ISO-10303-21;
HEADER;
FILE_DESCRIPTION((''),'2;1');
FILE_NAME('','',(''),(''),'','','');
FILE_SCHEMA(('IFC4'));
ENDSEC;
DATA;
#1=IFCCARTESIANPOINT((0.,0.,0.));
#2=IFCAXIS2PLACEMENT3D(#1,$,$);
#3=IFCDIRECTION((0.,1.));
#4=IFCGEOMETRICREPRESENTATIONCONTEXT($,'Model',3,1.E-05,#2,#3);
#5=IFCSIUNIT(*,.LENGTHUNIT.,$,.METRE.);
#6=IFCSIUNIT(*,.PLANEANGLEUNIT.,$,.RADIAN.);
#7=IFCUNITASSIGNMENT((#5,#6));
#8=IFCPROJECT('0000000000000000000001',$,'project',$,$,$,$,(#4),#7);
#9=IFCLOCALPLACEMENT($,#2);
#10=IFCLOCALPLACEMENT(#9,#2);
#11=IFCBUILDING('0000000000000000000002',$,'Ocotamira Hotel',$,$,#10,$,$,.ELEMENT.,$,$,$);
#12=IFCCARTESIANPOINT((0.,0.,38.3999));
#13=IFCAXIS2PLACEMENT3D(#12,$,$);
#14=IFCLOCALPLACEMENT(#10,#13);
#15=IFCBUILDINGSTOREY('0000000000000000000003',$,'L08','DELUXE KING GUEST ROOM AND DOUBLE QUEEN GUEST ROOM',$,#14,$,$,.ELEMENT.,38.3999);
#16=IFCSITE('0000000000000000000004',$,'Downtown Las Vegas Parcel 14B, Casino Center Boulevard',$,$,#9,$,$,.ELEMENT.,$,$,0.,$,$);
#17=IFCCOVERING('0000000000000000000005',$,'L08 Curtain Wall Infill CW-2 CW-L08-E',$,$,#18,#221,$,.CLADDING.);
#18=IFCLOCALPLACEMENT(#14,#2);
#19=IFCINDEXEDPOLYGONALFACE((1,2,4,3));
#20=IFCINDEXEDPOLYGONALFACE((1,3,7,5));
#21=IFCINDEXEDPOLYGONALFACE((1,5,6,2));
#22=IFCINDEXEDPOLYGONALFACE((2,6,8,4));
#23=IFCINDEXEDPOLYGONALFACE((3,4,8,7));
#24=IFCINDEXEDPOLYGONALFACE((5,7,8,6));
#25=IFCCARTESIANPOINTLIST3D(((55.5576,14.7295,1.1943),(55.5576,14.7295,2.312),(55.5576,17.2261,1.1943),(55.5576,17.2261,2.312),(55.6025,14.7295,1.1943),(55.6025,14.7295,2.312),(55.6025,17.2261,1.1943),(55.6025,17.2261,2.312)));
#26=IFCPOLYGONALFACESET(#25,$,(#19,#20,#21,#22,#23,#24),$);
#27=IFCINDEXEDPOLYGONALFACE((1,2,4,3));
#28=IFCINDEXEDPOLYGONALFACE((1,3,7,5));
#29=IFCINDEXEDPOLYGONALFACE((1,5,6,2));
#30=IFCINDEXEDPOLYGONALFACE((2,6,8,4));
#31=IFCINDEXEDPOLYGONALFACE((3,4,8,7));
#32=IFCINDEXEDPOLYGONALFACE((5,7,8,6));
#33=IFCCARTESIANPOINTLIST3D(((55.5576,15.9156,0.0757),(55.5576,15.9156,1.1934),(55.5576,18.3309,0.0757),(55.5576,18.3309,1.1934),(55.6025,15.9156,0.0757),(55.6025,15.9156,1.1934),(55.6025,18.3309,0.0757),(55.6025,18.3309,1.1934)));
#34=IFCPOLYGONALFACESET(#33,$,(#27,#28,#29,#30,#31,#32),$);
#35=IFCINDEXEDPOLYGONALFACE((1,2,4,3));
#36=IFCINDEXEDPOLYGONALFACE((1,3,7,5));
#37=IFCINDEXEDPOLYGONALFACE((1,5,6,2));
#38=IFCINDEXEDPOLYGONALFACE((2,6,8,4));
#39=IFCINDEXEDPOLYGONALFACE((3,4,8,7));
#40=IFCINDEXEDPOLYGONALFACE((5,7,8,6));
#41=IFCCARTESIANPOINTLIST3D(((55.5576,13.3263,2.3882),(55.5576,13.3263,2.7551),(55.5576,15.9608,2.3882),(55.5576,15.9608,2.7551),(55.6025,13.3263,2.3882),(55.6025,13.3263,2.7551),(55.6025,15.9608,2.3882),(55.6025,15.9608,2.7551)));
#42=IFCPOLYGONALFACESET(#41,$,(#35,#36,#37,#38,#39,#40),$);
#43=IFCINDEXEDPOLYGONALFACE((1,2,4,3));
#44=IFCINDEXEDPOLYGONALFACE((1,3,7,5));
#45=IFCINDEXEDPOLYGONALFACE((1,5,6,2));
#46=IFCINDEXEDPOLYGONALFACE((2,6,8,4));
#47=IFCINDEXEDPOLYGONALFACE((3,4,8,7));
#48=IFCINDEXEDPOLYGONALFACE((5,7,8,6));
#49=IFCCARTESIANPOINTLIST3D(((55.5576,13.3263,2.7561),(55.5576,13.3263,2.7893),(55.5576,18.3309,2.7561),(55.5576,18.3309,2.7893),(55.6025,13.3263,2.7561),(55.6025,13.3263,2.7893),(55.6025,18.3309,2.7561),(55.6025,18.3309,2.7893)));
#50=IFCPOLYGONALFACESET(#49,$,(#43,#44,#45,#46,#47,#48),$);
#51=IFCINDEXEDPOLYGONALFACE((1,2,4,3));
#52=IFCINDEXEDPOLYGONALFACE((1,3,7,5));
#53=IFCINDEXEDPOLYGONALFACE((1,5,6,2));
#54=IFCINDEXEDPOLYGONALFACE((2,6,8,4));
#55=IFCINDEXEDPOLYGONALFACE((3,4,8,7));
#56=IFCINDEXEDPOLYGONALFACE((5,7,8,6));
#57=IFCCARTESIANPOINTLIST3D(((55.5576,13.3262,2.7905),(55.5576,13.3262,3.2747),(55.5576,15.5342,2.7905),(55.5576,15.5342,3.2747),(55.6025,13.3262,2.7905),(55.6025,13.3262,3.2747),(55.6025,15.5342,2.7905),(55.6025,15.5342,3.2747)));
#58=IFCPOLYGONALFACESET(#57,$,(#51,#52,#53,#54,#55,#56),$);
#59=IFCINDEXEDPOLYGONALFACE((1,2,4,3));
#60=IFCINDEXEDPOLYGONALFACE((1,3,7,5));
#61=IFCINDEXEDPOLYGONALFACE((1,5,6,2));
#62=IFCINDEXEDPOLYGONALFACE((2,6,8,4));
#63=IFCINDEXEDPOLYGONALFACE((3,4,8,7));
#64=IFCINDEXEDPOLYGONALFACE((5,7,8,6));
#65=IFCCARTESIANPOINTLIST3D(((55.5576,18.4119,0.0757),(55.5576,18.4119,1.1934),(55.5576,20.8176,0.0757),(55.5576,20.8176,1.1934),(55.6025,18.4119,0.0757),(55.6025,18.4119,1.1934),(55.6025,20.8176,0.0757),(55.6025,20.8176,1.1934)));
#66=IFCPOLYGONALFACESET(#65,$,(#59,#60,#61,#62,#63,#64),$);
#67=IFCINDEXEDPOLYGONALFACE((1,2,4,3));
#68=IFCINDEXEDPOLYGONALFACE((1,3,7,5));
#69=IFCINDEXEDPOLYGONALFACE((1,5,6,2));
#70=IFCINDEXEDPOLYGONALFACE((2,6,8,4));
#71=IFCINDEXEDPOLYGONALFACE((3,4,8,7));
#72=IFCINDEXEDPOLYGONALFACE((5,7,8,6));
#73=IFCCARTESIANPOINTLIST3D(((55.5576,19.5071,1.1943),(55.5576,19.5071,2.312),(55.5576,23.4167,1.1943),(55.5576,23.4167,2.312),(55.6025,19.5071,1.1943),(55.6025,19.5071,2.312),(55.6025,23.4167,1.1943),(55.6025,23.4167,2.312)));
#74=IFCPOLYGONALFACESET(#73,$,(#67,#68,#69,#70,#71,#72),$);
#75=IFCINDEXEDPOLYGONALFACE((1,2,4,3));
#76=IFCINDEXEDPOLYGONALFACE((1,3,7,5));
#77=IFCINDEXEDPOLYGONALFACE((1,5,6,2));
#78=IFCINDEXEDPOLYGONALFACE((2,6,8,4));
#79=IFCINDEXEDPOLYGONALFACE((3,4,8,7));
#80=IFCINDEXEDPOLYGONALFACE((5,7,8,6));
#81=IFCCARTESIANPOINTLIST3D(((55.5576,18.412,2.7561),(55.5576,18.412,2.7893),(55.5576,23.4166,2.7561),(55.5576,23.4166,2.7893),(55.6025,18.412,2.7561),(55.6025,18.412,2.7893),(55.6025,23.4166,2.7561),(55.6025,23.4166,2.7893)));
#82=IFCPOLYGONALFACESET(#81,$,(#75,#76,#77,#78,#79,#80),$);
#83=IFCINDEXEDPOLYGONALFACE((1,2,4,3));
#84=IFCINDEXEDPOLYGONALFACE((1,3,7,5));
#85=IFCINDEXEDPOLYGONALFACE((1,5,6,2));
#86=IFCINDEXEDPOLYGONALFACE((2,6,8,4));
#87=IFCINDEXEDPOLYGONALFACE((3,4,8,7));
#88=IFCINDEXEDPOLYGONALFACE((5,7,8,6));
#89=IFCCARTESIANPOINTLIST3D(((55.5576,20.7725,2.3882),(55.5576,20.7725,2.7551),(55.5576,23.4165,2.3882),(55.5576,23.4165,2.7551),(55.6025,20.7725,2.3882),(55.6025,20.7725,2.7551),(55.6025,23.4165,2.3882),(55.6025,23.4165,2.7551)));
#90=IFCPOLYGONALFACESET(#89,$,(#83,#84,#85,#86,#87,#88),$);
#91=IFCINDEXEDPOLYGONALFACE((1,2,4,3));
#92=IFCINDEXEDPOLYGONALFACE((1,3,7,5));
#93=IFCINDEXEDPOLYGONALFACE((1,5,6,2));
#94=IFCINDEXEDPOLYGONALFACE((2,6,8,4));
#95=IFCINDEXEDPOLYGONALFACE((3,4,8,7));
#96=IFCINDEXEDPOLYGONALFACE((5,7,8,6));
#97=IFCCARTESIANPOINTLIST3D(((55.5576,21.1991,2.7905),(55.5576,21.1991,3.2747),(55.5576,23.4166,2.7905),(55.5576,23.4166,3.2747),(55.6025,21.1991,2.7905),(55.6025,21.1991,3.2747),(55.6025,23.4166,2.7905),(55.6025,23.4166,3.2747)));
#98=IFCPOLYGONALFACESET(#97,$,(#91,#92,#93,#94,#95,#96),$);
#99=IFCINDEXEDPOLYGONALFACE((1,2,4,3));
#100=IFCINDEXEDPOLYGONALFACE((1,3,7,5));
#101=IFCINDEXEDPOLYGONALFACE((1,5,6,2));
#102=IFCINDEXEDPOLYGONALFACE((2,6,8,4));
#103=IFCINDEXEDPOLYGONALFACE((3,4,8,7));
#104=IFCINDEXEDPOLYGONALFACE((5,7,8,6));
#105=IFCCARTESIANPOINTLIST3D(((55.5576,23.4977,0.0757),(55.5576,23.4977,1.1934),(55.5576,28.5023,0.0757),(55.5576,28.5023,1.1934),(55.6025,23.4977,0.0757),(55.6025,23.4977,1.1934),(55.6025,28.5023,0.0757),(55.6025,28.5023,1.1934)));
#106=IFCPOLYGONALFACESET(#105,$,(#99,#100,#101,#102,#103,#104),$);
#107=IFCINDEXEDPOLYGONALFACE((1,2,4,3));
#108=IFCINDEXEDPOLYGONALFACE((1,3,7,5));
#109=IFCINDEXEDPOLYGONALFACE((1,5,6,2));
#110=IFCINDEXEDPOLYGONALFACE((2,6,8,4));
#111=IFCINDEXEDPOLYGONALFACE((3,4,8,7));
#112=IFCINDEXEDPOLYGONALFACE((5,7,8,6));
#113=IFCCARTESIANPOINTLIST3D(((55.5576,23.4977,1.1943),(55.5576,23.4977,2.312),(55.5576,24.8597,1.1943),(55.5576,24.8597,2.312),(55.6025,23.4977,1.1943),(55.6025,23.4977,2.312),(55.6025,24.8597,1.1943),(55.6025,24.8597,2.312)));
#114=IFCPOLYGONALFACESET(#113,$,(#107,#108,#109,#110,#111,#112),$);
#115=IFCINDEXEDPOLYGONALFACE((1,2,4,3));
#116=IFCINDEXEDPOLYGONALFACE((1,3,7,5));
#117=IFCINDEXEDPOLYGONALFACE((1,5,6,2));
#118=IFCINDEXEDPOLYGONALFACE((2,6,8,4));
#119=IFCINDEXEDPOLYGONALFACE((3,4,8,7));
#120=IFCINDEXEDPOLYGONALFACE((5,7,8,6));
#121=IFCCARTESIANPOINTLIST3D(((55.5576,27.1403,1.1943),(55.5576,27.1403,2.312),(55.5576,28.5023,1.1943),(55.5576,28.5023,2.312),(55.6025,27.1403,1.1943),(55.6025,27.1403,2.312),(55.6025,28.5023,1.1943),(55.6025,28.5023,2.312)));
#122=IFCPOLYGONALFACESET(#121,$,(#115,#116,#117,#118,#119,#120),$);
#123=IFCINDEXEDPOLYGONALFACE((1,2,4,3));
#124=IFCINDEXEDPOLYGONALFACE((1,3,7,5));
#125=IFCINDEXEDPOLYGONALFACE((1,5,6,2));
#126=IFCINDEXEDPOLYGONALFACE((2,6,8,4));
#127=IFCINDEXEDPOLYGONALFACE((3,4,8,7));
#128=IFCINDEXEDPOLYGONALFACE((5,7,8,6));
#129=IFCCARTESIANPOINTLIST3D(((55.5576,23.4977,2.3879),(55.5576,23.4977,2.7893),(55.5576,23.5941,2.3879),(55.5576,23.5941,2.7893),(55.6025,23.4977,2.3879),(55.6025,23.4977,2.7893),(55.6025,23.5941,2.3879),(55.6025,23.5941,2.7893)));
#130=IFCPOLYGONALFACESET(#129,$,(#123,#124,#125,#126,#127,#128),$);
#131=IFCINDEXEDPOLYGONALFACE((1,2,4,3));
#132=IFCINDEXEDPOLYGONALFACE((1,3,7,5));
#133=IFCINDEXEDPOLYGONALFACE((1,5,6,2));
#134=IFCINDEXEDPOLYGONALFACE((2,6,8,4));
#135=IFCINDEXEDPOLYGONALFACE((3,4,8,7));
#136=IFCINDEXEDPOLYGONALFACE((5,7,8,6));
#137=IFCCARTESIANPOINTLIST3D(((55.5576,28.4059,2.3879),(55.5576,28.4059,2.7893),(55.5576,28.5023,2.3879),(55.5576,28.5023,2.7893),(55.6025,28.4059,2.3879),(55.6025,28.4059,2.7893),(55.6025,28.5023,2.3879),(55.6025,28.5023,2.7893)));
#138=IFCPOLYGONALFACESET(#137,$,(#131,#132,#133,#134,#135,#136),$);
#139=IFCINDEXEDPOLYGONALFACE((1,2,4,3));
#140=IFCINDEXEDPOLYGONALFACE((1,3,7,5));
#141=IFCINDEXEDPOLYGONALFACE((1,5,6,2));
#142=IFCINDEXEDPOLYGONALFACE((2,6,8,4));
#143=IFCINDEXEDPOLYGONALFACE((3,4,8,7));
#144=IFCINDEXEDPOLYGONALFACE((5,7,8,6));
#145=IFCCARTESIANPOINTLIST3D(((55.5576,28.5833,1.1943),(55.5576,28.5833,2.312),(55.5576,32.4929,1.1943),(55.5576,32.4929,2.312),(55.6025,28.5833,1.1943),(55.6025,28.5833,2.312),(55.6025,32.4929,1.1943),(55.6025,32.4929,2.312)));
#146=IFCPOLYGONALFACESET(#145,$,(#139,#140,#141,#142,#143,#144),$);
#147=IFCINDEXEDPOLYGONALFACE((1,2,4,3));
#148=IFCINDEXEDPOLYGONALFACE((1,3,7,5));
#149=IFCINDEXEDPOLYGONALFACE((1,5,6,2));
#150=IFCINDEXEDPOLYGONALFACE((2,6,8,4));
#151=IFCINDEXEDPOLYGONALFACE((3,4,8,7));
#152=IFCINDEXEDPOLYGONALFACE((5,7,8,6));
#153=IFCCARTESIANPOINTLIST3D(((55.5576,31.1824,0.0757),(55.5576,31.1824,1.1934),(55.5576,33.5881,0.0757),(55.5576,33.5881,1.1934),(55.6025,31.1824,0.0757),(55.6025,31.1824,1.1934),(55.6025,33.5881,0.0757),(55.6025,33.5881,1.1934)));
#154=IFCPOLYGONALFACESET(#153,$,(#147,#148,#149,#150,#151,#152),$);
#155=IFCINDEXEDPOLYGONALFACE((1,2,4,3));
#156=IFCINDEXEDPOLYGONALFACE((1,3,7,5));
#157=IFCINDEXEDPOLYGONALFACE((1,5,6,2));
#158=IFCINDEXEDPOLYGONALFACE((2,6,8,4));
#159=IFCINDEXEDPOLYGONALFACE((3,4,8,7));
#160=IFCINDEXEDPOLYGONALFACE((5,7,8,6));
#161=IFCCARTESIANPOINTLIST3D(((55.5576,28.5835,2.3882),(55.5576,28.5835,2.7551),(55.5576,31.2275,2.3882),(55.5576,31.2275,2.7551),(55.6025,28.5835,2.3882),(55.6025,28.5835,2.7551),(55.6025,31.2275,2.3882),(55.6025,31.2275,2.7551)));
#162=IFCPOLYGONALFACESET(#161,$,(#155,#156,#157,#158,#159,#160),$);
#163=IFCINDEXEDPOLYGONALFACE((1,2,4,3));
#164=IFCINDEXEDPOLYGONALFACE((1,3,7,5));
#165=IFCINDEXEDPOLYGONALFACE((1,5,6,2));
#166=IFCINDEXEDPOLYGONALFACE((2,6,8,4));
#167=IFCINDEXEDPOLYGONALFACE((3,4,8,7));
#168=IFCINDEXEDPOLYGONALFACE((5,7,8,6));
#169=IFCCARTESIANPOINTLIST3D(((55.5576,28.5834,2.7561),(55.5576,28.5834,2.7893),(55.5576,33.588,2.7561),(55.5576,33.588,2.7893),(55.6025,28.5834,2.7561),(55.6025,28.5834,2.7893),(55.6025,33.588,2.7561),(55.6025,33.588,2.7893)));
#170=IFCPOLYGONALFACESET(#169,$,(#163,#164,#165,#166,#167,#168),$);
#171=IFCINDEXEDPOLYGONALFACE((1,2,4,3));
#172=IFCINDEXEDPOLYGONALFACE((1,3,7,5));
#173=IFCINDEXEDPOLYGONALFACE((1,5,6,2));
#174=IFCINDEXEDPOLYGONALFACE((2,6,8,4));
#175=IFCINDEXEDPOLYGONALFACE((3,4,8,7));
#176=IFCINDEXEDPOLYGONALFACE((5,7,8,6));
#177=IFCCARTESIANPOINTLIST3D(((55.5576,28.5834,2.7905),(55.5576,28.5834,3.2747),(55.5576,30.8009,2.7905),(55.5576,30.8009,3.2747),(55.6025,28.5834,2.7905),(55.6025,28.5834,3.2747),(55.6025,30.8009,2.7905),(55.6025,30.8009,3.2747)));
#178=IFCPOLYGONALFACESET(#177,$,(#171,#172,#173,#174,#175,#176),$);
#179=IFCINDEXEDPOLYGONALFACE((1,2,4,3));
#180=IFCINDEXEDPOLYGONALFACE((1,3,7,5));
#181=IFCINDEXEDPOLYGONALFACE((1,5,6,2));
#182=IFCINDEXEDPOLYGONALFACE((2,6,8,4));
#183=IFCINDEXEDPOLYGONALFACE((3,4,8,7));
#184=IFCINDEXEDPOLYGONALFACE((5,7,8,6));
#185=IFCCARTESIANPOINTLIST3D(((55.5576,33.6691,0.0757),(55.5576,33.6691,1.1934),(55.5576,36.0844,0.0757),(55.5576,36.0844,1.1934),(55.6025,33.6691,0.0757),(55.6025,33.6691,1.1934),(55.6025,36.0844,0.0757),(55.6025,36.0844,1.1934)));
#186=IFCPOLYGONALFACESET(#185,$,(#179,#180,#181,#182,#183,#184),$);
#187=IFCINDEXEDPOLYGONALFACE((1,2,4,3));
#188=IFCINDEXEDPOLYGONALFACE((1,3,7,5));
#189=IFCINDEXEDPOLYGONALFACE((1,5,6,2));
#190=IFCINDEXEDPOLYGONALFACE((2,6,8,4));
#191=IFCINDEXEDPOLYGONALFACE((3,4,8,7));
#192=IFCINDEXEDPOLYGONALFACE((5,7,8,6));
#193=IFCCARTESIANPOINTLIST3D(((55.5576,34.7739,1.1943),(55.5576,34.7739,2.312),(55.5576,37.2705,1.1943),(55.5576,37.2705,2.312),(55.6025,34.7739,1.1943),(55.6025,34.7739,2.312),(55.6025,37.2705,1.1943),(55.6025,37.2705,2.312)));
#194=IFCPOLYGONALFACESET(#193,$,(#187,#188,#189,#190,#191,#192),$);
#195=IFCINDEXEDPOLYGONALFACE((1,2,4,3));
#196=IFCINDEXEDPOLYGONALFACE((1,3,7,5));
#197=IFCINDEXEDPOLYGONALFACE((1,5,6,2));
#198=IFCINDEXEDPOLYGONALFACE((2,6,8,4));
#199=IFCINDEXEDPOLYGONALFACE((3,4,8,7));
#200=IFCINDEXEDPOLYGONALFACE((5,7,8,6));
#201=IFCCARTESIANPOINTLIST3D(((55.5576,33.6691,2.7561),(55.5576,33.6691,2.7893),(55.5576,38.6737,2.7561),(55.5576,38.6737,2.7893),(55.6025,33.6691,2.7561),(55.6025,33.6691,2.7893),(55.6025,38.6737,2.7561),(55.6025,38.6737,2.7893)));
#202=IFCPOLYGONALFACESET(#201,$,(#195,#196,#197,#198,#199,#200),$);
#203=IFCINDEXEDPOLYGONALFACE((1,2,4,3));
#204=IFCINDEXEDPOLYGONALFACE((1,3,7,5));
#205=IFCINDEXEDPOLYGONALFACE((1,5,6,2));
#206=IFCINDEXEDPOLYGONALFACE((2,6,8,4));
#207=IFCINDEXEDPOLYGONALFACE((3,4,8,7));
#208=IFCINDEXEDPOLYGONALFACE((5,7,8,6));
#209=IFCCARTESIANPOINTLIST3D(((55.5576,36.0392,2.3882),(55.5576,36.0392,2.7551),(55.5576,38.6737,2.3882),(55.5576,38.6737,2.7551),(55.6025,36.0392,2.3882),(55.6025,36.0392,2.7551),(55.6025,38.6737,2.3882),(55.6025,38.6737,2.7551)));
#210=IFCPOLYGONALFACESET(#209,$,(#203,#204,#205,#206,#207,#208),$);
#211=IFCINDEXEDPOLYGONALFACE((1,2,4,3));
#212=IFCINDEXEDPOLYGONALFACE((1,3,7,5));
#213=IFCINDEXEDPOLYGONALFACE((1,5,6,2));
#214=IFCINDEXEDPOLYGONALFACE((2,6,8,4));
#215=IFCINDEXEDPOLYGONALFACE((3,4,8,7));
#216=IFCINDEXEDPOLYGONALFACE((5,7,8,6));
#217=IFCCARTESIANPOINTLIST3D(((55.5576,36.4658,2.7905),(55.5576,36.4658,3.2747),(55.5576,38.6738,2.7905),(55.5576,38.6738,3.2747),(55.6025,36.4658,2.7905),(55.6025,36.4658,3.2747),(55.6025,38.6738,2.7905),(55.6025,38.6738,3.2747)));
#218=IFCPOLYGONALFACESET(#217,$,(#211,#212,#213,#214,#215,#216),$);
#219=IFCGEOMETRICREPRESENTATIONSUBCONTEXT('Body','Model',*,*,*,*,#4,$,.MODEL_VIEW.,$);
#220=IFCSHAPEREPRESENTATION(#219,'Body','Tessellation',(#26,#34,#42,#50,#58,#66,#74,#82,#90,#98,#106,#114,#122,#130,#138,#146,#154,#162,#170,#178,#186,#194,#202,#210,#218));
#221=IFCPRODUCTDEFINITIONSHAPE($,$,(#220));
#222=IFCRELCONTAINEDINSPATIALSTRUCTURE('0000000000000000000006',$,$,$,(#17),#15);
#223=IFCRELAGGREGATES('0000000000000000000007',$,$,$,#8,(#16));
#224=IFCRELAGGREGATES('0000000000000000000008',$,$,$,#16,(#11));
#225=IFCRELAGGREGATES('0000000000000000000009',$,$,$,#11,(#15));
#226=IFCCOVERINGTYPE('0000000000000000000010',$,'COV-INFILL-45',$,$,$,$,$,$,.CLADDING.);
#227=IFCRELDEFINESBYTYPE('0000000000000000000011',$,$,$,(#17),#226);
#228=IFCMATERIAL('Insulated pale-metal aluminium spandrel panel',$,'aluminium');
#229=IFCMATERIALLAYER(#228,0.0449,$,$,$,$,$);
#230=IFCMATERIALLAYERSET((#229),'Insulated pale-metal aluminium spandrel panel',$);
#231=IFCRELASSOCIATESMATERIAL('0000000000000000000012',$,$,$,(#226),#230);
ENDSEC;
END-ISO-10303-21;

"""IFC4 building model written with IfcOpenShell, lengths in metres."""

from ifc_helpers import new_model, si_unit, direction, frame, origin, origin_2d, place, context, subcontext, project, spatial, rectangle, extrude, material, layer, layer_set, type_object, element, save


model = new_model("IFC4")

# Units and contexts
model_context = context("Model", 3, precision=1e-05, world=origin(), true_north=direction((0.0, 1.0)))
body_context = subcontext(model_context, "Body", "Model", "MODEL_VIEW")
ifc_project = project(units=[si_unit("LENGTHUNIT", "METRE"), si_unit("PLANEANGLEUNIT", "RADIAN")], contexts=[model_context])

# Site, building, storey
site_placement = place(None, origin())
site = spatial("IfcSite", under=ifc_project, at=site_placement, Name="Downtown Las Vegas Parcel 14B, Casino Center Boulevard", CompositionType="ELEMENT", RefElevation=0.0)
building_placement = place(site_placement, origin())
building = spatial("IfcBuilding", under=site, at=building_placement, Name="Ocotamira Hotel", CompositionType="ELEMENT")
storey_placement = place(building_placement, frame((0.0, 0.0, 38.3999)))
storey = spatial("IfcBuildingStorey", under=building, at=storey_placement, Name="L08", Description="DELUXE KING GUEST ROOM AND DOUBLE QUEEN GUEST ROOM", CompositionType="ELEMENT", Elevation=38.3999)

# Covering
ifc_material_1 = material(Name="Insulated pale-metal aluminium spandrel panel", Category="aluminium")
ifc_layer_1 = layer(ifc_material_1, 0.0449)
ifc_layer_set_1 = layer_set([ifc_layer_1], Name="Insulated pale-metal aluminium spandrel panel")
covering_type_1 = type_object("IfcCoveringType", Name="COV-INFILL-45", PredefinedType="CLADDING", material=ifc_layer_set_1)
covering_1_placement = place(storey_placement, origin())
element("IfcCovering", 1, at=covering_1_placement, inside=storey, type_object=covering_type_1, Name="L08 Curtain Wall Infill CW-2 CW-L08-E", PredefinedType="CLADDING", context=body_context, shape_type="SweptSolid", body=[
    extrude(rectangle(XDim=2.4966, YDim=0.0449, at=origin_2d()), frame((55.5801, 15.9778, 1.1943), z_axis=(0.0, 0.0, 1.0), x_axis=(0.0, 1.0, 0.0)), (0.0, 0.0, 1.0), 1.1177),
    extrude(rectangle(XDim=2.4153, YDim=0.0449, at=origin_2d()), frame((55.5801, 17.1233, 0.0757), z_axis=(0.0, 0.0, 1.0), x_axis=(0.0, 1.0, 0.0)), (0.0, 0.0, 1.0), 1.1177),
    extrude(rectangle(XDim=2.6345, YDim=0.0449, at=origin_2d()), frame((55.5801, 14.6436, 2.3882), z_axis=(0.0, 0.0, 1.0), x_axis=(0.0, 1.0, 0.0)), (0.0, 0.0, 1.0), 0.3669),
    extrude(rectangle(XDim=5.0046, YDim=0.0449, at=origin_2d()), frame((55.5801, 15.8286, 2.7561), z_axis=(0.0, 0.0, 1.0), x_axis=(0.0, 1.0, 0.0)), (0.0, 0.0, 1.0), 0.0332),
    extrude(rectangle(XDim=2.208, YDim=0.0449, at=origin_2d()), frame((55.5801, 14.4302, 2.7905), z_axis=(0.0, 0.0, 1.0), x_axis=(0.0, 1.0, 0.0)), (0.0, 0.0, 1.0), 0.4841),
    extrude(rectangle(XDim=2.4058, YDim=0.0449, at=origin_2d()), frame((55.5801, 19.6147, 0.0757), z_axis=(0.0, 0.0, 1.0), x_axis=(0.0, 1.0, 0.0)), (0.0, 0.0, 1.0), 1.1177),
    extrude(rectangle(XDim=3.9097, YDim=0.0449, at=origin_2d()), frame((55.5801, 21.4619, 1.1943), z_axis=(0.0, 0.0, 1.0), x_axis=(0.0, 1.0, 0.0)), (0.0, 0.0, 1.0), 1.1177),
    extrude(rectangle(XDim=5.0046, YDim=0.0449, at=origin_2d()), frame((55.5801, 20.9143, 2.7561), z_axis=(0.0, 0.0, 1.0), x_axis=(0.0, 1.0, 0.0)), (0.0, 0.0, 1.0), 0.0332),
    extrude(rectangle(XDim=2.644, YDim=0.0449, at=origin_2d()), frame((55.5801, 22.0945, 2.3882), z_axis=(0.0, 0.0, 1.0), x_axis=(0.0, 1.0, 0.0)), (0.0, 0.0, 1.0), 0.3669),
    extrude(rectangle(XDim=2.2175, YDim=0.0449, at=origin_2d()), frame((55.5801, 22.3079, 2.7905), z_axis=(0.0, 0.0, 1.0), x_axis=(0.0, 1.0, 0.0)), (0.0, 0.0, 1.0), 0.4841),
    extrude(rectangle(XDim=5.0046, YDim=0.0449, at=origin_2d()), frame((55.5801, 26.0, 0.0757), z_axis=(0.0, 0.0, 1.0), x_axis=(0.0, 1.0, 0.0)), (0.0, 0.0, 1.0), 1.1177),
    extrude(rectangle(XDim=1.3621, YDim=0.0449, at=origin_2d()), frame((55.5801, 24.1787, 1.1943), z_axis=(0.0, 0.0, 1.0), x_axis=(0.0, 1.0, 0.0)), (0.0, 0.0, 1.0), 1.1177),
    extrude(rectangle(XDim=1.3621, YDim=0.0449, at=origin_2d()), frame((55.5801, 27.8213, 1.1943), z_axis=(0.0, 0.0, 1.0), x_axis=(0.0, 1.0, 0.0)), (0.0, 0.0, 1.0), 1.1177),
    extrude(rectangle(XDim=0.0964, YDim=0.0449, at=origin_2d()), frame((55.5801, 23.5459, 2.3879), z_axis=(0.0, 0.0, 1.0), x_axis=(0.0, 1.0, 0.0)), (0.0, 0.0, 1.0), 0.4014),
    extrude(rectangle(XDim=0.0964, YDim=0.0449, at=origin_2d()), frame((55.5801, 28.4541, 2.3879), z_axis=(0.0, 0.0, 1.0), x_axis=(0.0, 1.0, 0.0)), (0.0, 0.0, 1.0), 0.4014),
    extrude(rectangle(XDim=3.9097, YDim=0.0449, at=origin_2d()), frame((55.5801, 30.5381, 1.1943), z_axis=(0.0, 0.0, 1.0), x_axis=(0.0, 1.0, 0.0)), (0.0, 0.0, 1.0), 1.1177),
    extrude(rectangle(XDim=2.4058, YDim=0.0449, at=origin_2d()), frame((55.5801, 32.3853, 0.0757), z_axis=(0.0, 0.0, 1.0), x_axis=(0.0, 1.0, 0.0)), (0.0, 0.0, 1.0), 1.1177),
    extrude(rectangle(XDim=2.644, YDim=0.0449, at=origin_2d()), frame((55.5801, 29.9055, 2.3882), z_axis=(0.0, 0.0, 1.0), x_axis=(0.0, 1.0, 0.0)), (0.0, 0.0, 1.0), 0.3669),
    extrude(rectangle(XDim=5.0046, YDim=0.0449, at=origin_2d()), frame((55.5801, 31.0857, 2.7561), z_axis=(0.0, 0.0, 1.0), x_axis=(0.0, 1.0, 0.0)), (0.0, 0.0, 1.0), 0.0332),
    extrude(rectangle(XDim=2.2175, YDim=0.0449, at=origin_2d()), frame((55.5801, 29.6921, 2.7905), z_axis=(0.0, 0.0, 1.0), x_axis=(0.0, 1.0, 0.0)), (0.0, 0.0, 1.0), 0.4841),
    extrude(rectangle(XDim=2.4153, YDim=0.0449, at=origin_2d()), frame((55.5801, 34.8767, 0.0757), z_axis=(0.0, 0.0, 1.0), x_axis=(0.0, 1.0, 0.0)), (0.0, 0.0, 1.0), 1.1177),
    extrude(rectangle(XDim=2.4966, YDim=0.0449, at=origin_2d()), frame((55.5801, 36.0222, 1.1943), z_axis=(0.0, 0.0, 1.0), x_axis=(0.0, 1.0, 0.0)), (0.0, 0.0, 1.0), 1.1177),
    extrude(rectangle(XDim=5.0046, YDim=0.0449, at=origin_2d()), frame((55.5801, 36.1714, 2.7561), z_axis=(0.0, 0.0, 1.0), x_axis=(0.0, 1.0, 0.0)), (0.0, 0.0, 1.0), 0.0332),
    extrude(rectangle(XDim=2.6345, YDim=0.0449, at=origin_2d()), frame((55.5801, 37.3564, 2.3882), z_axis=(0.0, 0.0, 1.0), x_axis=(0.0, 1.0, 0.0)), (0.0, 0.0, 1.0), 0.3669),
    extrude(rectangle(XDim=2.208, YDim=0.0449, at=origin_2d()), frame((55.5801, 37.5698, 2.7905), z_axis=(0.0, 0.0, 1.0), x_axis=(0.0, 1.0, 0.0)), (0.0, 0.0, 1.0), 0.4841),
])

save(model, "model.ifc")
